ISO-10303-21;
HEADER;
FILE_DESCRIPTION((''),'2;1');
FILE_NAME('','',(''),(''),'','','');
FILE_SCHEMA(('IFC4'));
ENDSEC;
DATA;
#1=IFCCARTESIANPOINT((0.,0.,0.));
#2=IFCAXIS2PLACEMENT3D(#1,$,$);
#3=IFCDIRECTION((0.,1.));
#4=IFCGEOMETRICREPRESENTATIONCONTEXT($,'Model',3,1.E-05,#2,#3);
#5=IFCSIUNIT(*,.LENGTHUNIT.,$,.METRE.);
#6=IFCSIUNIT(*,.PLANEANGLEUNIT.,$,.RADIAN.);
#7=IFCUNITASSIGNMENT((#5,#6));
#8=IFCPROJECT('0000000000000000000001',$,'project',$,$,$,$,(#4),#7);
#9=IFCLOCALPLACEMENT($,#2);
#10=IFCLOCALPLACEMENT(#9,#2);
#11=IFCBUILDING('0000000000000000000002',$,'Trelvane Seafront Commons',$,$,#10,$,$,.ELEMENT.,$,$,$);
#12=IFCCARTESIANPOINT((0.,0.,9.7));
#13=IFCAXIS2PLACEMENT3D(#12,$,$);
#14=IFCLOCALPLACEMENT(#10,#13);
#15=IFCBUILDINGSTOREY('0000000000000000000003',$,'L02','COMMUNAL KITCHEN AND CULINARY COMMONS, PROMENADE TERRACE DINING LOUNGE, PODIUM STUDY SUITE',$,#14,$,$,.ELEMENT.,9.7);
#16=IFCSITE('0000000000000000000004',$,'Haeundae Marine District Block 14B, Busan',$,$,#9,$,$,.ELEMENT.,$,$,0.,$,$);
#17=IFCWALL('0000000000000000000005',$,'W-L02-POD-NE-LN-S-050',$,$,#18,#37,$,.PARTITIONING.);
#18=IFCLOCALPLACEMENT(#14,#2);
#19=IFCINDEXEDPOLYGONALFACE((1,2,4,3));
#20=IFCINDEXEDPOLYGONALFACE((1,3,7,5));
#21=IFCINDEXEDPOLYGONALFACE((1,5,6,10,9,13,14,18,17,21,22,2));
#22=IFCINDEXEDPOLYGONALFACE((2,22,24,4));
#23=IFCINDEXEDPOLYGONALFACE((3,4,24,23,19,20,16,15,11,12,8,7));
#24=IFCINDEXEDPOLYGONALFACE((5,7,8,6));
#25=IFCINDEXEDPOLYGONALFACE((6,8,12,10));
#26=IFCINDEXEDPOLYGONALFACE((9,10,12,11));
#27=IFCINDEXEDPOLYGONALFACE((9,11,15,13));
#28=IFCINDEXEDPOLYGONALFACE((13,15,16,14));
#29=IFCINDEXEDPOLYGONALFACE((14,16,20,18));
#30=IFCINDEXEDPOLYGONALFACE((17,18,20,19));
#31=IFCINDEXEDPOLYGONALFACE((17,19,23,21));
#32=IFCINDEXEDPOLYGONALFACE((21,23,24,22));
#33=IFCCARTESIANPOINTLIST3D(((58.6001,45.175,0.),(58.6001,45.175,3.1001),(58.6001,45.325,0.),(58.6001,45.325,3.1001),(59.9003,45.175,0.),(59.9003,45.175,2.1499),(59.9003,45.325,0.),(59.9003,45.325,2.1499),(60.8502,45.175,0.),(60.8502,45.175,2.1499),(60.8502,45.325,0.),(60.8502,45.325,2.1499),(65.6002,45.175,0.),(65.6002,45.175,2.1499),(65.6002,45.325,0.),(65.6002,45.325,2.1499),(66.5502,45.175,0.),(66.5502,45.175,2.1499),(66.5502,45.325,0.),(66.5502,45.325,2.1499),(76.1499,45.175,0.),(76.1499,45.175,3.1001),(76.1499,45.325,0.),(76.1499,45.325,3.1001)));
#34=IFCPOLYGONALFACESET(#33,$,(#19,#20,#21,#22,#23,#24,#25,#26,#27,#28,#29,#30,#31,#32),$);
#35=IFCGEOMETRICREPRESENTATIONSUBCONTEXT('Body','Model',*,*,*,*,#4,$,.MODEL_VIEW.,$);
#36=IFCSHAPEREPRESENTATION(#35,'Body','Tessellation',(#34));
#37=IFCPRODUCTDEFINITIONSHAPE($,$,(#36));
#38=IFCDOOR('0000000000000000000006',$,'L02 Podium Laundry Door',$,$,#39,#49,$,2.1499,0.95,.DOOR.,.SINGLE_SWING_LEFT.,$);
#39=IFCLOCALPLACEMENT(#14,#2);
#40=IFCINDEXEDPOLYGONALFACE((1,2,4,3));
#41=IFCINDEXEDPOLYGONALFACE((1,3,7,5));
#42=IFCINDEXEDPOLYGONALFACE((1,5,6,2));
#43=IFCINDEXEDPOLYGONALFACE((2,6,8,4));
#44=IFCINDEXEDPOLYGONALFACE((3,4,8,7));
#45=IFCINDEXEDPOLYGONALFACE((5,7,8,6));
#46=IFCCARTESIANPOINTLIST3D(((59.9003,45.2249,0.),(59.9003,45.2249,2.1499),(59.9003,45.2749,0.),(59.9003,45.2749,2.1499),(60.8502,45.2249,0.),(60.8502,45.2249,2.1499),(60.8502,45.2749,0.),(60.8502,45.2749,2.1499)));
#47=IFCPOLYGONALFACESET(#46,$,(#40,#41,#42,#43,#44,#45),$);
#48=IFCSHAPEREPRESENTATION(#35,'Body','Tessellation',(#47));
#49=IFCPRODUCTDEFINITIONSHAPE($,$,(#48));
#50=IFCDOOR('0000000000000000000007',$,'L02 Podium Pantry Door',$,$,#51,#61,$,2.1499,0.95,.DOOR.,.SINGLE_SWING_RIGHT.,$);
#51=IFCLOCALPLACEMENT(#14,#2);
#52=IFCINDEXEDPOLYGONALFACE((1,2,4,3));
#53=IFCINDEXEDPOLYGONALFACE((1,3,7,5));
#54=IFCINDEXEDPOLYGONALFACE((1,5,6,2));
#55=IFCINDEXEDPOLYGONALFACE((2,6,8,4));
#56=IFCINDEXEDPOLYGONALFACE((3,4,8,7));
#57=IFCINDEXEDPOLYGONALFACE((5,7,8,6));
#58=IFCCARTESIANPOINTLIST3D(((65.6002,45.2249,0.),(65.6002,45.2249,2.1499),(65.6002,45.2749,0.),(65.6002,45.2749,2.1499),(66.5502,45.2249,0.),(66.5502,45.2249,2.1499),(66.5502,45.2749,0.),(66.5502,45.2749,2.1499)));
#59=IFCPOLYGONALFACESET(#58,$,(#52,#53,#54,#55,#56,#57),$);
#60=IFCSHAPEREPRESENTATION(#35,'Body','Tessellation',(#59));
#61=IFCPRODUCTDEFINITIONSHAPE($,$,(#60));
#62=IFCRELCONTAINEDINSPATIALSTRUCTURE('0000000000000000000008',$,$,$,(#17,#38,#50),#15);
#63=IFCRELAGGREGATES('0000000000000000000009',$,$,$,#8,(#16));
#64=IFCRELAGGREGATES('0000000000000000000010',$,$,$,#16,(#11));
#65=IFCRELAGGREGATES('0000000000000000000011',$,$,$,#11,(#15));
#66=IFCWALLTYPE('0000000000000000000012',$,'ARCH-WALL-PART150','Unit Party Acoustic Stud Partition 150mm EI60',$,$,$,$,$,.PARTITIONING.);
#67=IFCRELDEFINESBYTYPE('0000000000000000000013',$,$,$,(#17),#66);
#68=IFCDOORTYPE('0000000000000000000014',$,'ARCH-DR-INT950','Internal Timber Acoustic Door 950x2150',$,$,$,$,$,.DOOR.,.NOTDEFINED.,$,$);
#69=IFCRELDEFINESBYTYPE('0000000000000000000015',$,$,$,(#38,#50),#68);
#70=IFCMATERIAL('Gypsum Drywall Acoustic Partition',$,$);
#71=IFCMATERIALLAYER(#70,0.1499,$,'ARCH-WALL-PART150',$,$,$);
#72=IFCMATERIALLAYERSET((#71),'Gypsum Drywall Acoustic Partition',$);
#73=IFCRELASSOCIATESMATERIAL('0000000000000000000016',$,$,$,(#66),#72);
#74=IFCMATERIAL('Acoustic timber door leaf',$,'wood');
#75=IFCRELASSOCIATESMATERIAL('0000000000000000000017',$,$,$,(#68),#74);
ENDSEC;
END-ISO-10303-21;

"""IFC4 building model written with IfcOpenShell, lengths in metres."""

from ifc_helpers import new_model, si_unit, direction, frame, frame_2d, origin, place, context, subcontext, project, spatial, rectangle, extrude, source, transform, mapped, material, layer, layer_set, type_object, element, fill, save


model = new_model("IFC4")

# Units and contexts
model_context = context("Model", 3, precision=1e-05, world=origin(), true_north=direction((0.0, 1.0)))
body_context = subcontext(model_context, "Body", "Model", "MODEL_VIEW")
ifc_project = project(units=[si_unit("LENGTHUNIT", "METRE"), si_unit("PLANEANGLEUNIT", "RADIAN")], contexts=[model_context])

# Site, building, storey
site_placement = place(None, origin())
site = spatial("IfcSite", under=ifc_project, at=site_placement, Name="Haeundae Marine District Block 14B, Busan", CompositionType="ELEMENT", RefElevation=0.0)
building_placement = place(site_placement, origin())
building = spatial("IfcBuilding", under=site, at=building_placement, Name="Trelvane Seafront Commons", CompositionType="ELEMENT")
storey_placement = place(building_placement, frame((0.0, 0.0, 9.7)))
storey = spatial("IfcBuildingStorey", under=building, at=storey_placement, Name="L02", Description="COMMUNAL KITCHEN AND CULINARY COMMONS, PROMENADE TERRACE DINING LOUNGE, PODIUM STUDY SUITE", CompositionType="ELEMENT", Elevation=9.7)

# Shared definitions
ifc_material_1 = material(Name="Gypsum Drywall Acoustic Partition")

# Wall, openings, doors
ifc_layer_1 = layer(ifc_material_1, 0.1499, Name="ARCH-WALL-PART150")
ifc_layer_set_1 = layer_set([ifc_layer_1], Name="Gypsum Drywall Acoustic Partition")
wall_type_1 = type_object("IfcWallType", Name="ARCH-WALL-PART150", Description="Unit Party Acoustic Stud Partition 150mm EI60", PredefinedType="PARTITIONING", material=ifc_layer_set_1)
wall_1_placement = place(storey_placement, frame((58.6001, 45.25, 0.0), z_axis=(0.0, 0.0, 1.0), x_axis=(1.0, 0.0, 0.0)))
wall_1 = element("IfcWall", 1, at=wall_1_placement, inside=storey, type_object=wall_type_1, Name="W-L02-POD-NE-LN-S-050", PredefinedType="PARTITIONING", context=body_context, shape_type="SweptSolid", body=[
    extrude(rectangle(XDim=17.5498, YDim=0.1499, at=frame_2d((8.7749, 0.0))), origin(), (0.0, 0.0, 1.0), 3.1001),
])
opening_1_placement = place(wall_1_placement, frame((1.3, 0.0, 0.0)))
opening_1 = element("IfcOpeningElement", 2, at=opening_1_placement, cuts=wall_1, PredefinedType="OPENING", context=body_context, shape_type="SweptSolid", body=[
    extrude(rectangle(XDim=0.95, YDim=2.1499, at=frame_2d((0.4751, 1.075))), frame((0.0, 0.085, 0.0), z_axis=(0.0, -1.0, 0.0), x_axis=(1.0, 0.0, 0.0)), (0.0, 0.0, 1.0), 0.1699),
])
opening_2_placement = place(wall_1_placement, frame((7.0, 0.0, 0.0)))
opening_2 = element("IfcOpeningElement", 3, at=opening_2_placement, cuts=wall_1, PredefinedType="OPENING", context=body_context, shape_type="SweptSolid", body=[
    extrude(rectangle(XDim=0.95, YDim=2.1499, at=frame_2d((0.4751, 1.075))), frame((0.0, 0.085, 0.0), z_axis=(0.0, -1.0, 0.0), x_axis=(1.0, 0.0, 0.0)), (0.0, 0.0, 1.0), 0.1699),
])
ifc_material_2 = material(Name="Acoustic timber door leaf", Category="wood")
door_type = type_object("IfcDoorType", Name="ARCH-DR-INT950", Description="Internal Timber Acoustic Door 950x2150", OperationType="NOTDEFINED", PredefinedType="DOOR", material=ifc_material_2)
shared_shape_1 = source(origin(), body_context, "Body", "SweptSolid", [
    extrude(rectangle(XDim=0.95, YDim=2.1499, at=frame_2d((0.4751, 1.075))), frame((0.0, 0.0249, 0.0), z_axis=(0.0, -1.0, 0.0), x_axis=(1.0, 0.0, 0.0)), (0.0, 0.0, 1.0), 0.05),
])
door_1_placement = place(opening_1_placement, origin())
door_1 = element("IfcDoor", 4, at=door_1_placement, inside=storey, type_object=door_type, Name="L02 Podium Laundry Door", OperationType="SINGLE_SWING_LEFT", OverallHeight=2.1499, OverallWidth=0.95, PredefinedType="DOOR", context=body_context, shape_type="MappedRepresentation", body=[
    mapped(shared_shape_1, transform((0.0, 0.0, 0.0), x_axis=(1.0, 0.0, 0.0), y_axis=(0.0, 1.0, 0.0), z_axis=(0.0, 0.0, 1.0), scale=1.0)),
])
fill(opening_1, door_1)
door_2_placement = place(opening_2_placement, origin())
door_2 = element("IfcDoor", 5, at=door_2_placement, inside=storey, type_object=door_type, Name="L02 Podium Pantry Door", OperationType="SINGLE_SWING_RIGHT", OverallHeight=2.1499, OverallWidth=0.95, PredefinedType="DOOR", context=body_context, shape_type="MappedRepresentation", body=[
    mapped(shared_shape_1, transform((0.0, 0.0, 0.0), x_axis=(1.0, 0.0, 0.0), y_axis=(0.0, 1.0, 0.0), z_axis=(0.0, 0.0, 1.0), scale=1.0)),
])
fill(opening_2, door_2)

save(model, "model.ifc")
